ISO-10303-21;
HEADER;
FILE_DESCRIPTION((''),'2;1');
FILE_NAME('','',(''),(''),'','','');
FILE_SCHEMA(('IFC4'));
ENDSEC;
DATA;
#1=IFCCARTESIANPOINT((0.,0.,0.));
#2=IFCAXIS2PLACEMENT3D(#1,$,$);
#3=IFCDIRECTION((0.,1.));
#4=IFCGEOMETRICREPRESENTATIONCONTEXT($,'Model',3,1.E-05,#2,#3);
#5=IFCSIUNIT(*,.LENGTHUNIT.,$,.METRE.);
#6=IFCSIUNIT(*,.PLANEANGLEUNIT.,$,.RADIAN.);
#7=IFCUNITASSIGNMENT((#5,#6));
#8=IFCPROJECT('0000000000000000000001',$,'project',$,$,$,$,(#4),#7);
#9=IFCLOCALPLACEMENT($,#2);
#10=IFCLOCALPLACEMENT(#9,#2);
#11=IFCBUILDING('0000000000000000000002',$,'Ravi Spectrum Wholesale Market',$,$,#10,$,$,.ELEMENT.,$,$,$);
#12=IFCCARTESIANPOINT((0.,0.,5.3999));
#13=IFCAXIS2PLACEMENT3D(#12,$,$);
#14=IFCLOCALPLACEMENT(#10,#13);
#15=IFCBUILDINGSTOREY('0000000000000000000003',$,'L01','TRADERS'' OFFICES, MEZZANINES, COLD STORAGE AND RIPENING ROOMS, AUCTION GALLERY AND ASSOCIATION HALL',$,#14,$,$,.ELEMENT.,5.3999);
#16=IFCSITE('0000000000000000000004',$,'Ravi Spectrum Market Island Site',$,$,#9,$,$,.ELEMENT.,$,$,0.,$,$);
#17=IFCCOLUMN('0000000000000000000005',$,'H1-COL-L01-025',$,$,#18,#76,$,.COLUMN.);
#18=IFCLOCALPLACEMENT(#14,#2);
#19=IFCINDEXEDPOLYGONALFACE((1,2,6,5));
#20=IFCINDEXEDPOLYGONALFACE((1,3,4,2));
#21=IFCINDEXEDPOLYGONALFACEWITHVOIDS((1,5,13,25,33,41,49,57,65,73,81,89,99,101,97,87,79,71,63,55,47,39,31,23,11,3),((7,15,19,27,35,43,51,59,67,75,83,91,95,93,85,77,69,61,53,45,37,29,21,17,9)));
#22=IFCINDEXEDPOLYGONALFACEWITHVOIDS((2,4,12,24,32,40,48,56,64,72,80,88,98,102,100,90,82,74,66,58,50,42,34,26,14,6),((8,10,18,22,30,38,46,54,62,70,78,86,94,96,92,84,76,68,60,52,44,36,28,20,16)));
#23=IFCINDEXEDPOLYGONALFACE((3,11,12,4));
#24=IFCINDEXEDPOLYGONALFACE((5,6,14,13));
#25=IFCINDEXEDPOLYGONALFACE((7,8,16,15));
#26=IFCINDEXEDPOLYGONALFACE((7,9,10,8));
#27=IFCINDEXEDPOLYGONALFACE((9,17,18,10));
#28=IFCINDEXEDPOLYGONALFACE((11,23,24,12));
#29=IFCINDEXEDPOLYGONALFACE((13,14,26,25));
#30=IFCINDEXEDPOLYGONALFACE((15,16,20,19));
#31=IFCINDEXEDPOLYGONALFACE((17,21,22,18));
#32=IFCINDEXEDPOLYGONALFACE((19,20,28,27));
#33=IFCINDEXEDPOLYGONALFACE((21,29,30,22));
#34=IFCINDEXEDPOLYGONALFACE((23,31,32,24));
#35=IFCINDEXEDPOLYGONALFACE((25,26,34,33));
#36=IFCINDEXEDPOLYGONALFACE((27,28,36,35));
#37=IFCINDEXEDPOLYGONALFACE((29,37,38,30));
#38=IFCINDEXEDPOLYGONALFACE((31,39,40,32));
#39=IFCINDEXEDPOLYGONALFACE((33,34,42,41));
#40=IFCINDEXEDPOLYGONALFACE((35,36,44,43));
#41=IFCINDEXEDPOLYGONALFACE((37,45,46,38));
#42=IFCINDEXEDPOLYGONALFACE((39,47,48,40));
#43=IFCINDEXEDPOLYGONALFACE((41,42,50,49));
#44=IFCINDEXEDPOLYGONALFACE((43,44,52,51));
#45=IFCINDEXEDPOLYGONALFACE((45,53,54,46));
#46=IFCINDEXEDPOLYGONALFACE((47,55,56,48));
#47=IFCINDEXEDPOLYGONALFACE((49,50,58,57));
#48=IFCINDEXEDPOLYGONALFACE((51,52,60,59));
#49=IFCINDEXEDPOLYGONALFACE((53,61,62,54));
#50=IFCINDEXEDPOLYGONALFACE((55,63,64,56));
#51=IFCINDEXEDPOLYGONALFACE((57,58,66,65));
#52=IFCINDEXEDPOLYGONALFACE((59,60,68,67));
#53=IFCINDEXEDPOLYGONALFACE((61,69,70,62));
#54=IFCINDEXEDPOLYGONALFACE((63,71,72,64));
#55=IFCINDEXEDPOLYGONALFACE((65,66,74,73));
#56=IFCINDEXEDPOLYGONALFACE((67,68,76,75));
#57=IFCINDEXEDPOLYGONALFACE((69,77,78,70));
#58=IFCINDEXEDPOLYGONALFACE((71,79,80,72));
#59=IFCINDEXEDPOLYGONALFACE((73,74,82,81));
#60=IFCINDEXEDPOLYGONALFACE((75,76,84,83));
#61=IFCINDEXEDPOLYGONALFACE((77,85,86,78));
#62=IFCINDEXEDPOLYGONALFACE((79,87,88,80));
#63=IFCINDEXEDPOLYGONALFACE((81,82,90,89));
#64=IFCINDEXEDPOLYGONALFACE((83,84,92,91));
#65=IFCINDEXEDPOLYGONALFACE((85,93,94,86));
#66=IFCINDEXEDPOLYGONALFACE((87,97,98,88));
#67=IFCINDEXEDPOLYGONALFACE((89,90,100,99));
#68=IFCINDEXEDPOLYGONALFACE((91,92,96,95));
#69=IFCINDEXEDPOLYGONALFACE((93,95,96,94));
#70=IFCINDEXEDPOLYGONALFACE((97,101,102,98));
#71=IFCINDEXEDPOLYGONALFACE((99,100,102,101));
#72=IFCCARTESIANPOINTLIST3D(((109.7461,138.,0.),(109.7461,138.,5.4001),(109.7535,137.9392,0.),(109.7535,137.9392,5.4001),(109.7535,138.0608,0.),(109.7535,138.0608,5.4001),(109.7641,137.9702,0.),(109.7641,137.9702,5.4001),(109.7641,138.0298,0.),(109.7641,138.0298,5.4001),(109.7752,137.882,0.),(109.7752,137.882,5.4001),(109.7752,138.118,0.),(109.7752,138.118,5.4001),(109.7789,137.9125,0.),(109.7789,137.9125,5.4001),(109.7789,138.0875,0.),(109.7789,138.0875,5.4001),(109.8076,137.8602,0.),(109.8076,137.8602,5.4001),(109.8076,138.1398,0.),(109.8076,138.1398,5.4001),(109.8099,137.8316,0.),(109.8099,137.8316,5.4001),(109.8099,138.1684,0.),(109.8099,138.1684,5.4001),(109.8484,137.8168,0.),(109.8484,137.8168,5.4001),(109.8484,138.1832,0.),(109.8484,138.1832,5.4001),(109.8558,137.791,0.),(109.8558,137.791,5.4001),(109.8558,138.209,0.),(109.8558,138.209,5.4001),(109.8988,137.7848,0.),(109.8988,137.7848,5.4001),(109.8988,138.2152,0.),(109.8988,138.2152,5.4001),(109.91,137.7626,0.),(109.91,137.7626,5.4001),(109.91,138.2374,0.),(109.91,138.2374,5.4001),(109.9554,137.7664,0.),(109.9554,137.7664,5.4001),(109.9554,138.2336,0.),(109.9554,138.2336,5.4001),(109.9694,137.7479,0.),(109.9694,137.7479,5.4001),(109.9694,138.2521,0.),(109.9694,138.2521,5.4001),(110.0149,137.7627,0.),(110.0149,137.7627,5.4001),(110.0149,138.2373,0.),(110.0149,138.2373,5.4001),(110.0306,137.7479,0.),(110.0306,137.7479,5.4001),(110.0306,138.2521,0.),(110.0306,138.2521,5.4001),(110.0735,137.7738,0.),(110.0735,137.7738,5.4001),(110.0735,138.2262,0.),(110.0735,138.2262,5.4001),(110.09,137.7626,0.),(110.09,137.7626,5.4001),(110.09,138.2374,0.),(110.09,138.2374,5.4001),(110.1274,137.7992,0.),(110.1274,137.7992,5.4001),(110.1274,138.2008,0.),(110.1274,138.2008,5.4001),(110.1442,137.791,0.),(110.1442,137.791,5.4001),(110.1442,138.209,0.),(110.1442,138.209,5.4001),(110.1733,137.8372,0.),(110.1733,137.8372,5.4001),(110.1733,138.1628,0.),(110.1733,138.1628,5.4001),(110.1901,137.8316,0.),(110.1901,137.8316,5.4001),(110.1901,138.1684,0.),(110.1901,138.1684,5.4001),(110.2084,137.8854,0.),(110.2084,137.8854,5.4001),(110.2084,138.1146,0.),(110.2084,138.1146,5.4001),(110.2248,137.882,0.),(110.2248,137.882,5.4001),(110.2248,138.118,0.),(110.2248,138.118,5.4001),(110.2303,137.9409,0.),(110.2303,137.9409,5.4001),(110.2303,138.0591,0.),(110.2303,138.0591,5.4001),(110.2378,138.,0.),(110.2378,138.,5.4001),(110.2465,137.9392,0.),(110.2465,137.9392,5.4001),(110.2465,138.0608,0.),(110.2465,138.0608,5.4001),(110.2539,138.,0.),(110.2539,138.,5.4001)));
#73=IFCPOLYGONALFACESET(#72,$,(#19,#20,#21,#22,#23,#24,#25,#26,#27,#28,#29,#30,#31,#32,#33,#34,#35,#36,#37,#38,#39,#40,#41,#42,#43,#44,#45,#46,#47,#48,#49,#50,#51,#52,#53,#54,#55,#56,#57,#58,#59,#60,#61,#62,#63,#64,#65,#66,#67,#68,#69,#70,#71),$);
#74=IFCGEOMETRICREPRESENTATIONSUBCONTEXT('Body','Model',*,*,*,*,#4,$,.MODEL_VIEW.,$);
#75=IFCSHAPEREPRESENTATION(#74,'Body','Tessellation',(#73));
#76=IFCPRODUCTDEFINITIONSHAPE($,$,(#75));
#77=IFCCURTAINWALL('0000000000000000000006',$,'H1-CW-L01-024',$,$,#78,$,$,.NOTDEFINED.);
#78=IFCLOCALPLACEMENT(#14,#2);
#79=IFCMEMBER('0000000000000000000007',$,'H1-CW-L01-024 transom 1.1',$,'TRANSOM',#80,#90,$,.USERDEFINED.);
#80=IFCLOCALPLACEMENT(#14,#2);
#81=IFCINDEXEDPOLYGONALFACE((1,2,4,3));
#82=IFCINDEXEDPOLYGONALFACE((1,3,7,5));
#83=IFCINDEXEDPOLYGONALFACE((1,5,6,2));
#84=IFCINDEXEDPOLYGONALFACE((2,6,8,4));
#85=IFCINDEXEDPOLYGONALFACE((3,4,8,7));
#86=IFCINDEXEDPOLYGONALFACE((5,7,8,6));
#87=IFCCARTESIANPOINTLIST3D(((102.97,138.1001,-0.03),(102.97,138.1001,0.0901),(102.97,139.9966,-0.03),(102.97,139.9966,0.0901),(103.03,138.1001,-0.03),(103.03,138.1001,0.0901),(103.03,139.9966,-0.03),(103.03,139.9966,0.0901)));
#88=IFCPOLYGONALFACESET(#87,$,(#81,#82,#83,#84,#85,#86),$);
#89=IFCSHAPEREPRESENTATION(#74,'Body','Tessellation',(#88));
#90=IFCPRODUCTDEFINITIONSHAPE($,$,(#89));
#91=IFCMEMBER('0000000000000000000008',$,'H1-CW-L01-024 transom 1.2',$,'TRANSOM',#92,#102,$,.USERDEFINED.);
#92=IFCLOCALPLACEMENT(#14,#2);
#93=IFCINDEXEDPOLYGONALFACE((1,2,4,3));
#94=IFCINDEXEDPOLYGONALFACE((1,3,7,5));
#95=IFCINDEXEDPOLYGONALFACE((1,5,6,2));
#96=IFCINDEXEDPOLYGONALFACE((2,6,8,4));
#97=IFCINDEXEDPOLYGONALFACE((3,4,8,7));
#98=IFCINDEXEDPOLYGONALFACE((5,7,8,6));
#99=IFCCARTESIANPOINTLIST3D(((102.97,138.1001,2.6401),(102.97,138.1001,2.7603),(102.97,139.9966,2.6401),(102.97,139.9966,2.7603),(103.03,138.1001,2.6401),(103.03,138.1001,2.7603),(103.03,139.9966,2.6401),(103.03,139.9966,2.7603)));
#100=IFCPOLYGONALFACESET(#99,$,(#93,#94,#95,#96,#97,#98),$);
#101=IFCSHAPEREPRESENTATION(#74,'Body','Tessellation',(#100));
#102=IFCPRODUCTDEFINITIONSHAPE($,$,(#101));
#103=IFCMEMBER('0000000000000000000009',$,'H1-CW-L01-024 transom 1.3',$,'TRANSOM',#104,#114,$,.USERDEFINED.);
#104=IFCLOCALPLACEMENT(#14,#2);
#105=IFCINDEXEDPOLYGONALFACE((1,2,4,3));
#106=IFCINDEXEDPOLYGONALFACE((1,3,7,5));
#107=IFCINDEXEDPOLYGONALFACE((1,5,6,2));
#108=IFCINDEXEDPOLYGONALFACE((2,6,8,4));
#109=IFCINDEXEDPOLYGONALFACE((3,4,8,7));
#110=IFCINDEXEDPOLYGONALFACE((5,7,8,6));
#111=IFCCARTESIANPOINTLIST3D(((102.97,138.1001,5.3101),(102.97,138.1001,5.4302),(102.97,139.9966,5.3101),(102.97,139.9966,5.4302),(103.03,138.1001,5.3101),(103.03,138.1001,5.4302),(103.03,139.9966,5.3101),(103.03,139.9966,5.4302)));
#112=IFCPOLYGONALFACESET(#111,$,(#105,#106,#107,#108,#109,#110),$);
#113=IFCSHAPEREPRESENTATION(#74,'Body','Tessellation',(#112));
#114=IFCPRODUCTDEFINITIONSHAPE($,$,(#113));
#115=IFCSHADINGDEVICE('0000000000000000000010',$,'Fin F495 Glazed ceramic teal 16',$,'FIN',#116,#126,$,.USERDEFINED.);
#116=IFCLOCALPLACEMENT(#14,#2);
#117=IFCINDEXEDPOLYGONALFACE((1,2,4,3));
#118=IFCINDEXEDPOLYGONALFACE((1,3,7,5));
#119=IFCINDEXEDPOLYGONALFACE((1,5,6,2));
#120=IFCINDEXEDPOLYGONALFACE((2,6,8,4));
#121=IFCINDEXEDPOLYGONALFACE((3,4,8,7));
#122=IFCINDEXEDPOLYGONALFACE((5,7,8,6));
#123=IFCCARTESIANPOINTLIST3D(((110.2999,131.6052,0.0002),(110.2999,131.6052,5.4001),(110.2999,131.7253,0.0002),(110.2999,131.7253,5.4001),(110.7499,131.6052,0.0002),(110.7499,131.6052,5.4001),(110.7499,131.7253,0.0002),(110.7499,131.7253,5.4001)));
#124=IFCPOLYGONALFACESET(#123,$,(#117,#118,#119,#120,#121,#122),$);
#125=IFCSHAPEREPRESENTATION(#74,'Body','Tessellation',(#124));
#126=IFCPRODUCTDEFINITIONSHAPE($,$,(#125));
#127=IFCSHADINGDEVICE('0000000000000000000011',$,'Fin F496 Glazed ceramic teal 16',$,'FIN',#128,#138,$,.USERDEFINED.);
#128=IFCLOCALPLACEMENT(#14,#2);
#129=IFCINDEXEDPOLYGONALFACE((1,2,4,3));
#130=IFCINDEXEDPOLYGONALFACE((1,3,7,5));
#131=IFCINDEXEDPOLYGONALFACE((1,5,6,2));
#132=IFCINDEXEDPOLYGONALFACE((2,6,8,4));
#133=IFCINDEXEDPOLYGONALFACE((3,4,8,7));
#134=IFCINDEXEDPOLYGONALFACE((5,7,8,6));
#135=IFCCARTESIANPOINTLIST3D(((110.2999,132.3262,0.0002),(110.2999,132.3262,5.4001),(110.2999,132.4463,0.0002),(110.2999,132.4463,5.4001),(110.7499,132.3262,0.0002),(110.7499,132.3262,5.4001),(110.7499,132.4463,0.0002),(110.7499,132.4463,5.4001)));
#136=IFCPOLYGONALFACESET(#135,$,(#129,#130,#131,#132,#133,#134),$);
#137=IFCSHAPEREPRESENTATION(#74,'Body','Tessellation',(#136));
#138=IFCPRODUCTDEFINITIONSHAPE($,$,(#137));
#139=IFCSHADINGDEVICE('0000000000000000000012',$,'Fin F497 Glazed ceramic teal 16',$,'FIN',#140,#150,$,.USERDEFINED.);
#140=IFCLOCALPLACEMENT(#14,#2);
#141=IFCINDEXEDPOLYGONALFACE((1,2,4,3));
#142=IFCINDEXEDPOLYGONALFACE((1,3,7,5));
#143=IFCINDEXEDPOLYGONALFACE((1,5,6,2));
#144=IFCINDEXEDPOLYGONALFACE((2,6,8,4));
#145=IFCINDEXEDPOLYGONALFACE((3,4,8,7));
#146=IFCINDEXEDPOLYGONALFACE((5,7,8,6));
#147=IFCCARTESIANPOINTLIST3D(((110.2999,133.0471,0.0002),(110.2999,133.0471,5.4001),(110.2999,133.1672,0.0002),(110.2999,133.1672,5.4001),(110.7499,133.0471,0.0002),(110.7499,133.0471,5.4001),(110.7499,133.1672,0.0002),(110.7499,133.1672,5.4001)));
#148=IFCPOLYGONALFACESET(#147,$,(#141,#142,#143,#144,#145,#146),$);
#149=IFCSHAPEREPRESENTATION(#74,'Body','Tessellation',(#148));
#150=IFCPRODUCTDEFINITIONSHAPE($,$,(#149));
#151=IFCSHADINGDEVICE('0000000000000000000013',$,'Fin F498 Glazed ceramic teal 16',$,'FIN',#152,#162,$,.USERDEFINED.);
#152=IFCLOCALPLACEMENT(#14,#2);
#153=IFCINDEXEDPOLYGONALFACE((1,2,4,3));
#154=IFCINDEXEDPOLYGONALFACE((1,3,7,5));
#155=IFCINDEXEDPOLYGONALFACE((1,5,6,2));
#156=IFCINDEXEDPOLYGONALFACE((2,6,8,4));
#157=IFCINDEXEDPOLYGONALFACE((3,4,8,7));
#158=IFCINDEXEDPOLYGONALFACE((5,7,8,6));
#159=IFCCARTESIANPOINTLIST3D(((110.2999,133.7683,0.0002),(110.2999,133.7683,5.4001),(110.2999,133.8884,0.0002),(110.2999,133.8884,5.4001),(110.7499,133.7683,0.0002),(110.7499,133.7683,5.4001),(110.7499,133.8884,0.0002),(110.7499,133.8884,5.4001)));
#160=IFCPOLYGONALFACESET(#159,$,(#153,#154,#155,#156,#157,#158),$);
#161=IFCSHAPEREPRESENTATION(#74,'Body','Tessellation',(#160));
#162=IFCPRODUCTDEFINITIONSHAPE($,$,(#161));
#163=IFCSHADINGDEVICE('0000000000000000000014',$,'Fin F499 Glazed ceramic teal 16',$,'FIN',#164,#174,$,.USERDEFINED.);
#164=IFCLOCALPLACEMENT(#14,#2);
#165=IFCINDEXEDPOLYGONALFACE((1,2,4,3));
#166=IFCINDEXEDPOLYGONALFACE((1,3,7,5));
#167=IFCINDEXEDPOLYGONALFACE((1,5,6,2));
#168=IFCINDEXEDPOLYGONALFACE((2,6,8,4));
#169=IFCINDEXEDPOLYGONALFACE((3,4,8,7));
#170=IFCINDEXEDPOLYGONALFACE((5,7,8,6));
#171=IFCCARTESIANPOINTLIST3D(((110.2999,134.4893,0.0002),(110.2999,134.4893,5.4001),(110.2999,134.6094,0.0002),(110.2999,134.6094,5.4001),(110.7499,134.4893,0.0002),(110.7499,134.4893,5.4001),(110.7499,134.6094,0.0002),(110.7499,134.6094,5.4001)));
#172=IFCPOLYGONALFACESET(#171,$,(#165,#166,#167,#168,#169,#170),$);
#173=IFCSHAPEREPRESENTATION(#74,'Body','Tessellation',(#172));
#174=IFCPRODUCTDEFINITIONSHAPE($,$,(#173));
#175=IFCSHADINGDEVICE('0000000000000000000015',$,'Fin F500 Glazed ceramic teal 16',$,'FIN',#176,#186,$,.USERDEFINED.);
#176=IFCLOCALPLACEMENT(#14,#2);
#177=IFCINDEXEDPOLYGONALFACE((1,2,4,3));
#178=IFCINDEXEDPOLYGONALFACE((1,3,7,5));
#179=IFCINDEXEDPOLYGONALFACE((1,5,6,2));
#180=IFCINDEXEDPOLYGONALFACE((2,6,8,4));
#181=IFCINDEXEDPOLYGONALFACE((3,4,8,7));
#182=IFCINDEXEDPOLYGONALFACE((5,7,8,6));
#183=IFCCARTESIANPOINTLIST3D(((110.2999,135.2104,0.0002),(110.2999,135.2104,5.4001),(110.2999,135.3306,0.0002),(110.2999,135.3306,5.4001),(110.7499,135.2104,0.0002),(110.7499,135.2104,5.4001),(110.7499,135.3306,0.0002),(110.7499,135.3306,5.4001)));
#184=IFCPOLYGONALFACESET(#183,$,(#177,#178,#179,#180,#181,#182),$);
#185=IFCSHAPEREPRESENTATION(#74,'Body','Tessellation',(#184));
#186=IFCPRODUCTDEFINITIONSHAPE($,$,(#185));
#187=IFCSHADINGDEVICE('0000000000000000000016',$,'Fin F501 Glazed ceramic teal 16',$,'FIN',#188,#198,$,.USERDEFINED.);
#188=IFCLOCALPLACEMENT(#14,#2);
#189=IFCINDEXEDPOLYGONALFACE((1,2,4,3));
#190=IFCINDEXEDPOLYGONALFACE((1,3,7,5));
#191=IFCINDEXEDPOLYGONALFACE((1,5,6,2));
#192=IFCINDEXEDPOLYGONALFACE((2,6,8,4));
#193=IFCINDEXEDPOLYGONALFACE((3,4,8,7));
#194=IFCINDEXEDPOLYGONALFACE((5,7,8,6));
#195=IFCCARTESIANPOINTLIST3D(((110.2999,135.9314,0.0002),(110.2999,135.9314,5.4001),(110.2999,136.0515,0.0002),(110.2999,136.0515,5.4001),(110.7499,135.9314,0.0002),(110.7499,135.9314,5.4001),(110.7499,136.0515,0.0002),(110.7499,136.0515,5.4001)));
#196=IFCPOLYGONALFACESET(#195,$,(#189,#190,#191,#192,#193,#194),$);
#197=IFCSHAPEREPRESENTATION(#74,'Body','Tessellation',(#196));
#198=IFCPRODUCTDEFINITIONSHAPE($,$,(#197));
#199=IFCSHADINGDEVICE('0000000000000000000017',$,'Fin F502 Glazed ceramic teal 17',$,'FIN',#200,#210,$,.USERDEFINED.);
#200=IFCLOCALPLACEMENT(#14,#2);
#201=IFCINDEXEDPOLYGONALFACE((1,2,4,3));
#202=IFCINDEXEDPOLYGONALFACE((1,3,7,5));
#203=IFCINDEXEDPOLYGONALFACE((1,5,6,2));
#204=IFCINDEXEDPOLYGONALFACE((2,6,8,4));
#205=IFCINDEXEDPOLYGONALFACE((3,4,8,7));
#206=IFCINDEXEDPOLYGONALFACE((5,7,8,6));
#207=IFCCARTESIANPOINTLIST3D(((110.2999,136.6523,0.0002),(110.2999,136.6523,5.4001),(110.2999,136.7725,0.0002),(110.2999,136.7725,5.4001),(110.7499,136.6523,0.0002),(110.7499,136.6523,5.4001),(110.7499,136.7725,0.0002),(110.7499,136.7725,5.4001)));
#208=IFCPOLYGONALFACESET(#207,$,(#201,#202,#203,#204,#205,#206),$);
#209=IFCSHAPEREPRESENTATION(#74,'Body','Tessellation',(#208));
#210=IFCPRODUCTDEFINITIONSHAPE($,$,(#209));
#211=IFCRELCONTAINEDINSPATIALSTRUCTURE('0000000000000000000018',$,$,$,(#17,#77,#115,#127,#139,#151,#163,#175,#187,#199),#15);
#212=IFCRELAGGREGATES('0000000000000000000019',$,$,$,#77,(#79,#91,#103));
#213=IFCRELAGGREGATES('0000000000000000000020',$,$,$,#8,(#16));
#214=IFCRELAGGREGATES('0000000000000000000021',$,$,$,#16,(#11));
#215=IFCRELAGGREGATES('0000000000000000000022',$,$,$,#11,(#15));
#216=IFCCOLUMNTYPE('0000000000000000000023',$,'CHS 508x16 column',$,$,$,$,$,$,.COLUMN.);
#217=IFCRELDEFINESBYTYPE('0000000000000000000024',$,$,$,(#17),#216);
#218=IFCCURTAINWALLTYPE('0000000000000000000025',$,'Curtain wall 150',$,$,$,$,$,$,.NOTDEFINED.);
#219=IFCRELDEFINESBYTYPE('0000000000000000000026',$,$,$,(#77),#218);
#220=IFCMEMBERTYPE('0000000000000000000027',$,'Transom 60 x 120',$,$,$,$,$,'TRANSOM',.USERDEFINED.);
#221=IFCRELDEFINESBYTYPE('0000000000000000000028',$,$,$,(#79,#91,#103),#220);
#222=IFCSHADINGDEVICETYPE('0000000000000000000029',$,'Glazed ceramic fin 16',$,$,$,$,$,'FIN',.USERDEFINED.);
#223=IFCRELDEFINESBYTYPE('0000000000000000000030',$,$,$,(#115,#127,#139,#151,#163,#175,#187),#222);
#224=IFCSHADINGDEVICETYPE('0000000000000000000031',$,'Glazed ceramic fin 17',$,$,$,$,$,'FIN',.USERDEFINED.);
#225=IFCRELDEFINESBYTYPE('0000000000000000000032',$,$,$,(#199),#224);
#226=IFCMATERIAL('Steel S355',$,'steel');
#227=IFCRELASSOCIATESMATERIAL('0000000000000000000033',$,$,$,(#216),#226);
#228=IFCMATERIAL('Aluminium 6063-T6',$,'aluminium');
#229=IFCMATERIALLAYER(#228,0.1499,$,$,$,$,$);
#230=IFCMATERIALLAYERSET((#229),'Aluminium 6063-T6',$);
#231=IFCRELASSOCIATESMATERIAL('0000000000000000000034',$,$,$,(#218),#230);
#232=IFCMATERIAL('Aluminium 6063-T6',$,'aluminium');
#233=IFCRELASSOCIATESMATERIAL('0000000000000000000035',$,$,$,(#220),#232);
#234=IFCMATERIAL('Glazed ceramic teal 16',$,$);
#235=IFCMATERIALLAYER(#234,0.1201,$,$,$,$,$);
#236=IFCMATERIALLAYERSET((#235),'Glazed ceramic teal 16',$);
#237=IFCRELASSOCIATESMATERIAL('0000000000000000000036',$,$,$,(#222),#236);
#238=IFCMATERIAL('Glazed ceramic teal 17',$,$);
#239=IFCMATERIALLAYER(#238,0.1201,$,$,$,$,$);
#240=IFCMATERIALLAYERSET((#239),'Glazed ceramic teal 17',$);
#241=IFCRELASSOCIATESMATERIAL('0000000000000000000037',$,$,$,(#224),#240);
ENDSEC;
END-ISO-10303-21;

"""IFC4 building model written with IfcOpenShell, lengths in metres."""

from ifc_helpers import new_model, si_unit, direction, frame, origin, origin_2d, place, context, subcontext, project, spatial, rectangle, hollow_circle, extrude, material, layer, layer_set, material_profile, profile_set, type_object, element, aggregate, save


model = new_model("IFC4")

# Units and contexts
model_context = context("Model", 3, precision=1e-05, world=origin(), true_north=direction((0.0, 1.0)))
body_context = subcontext(model_context, "Body", "Model", "MODEL_VIEW")
ifc_project = project(units=[si_unit("LENGTHUNIT", "METRE"), si_unit("PLANEANGLEUNIT", "RADIAN")], contexts=[model_context])

# Site, building, storey
site_placement = place(None, origin())
site = spatial("IfcSite", under=ifc_project, at=site_placement, Name="Ravi Spectrum Market Island Site", CompositionType="ELEMENT", RefElevation=0.0)
building_placement = place(site_placement, origin())
building = spatial("IfcBuilding", under=site, at=building_placement, Name="Ravi Spectrum Wholesale Market", CompositionType="ELEMENT")
storey_placement = place(building_placement, frame((0.0, 0.0, 5.3999)))
storey = spatial("IfcBuildingStorey", under=building, at=storey_placement, Name="L01", Description="TRADERS' OFFICES, MEZZANINES, COLD STORAGE AND RIPENING ROOMS, AUCTION GALLERY AND ASSOCIATION HALL", CompositionType="ELEMENT", Elevation=5.3999)

# Column
ifc_material_1 = material(Name="Steel S355", Category="steel")
ifc_material_profile_1 = material_profile(ifc_material_1, hollow_circle(Radius=0.2539, WallThickness=0.0161, at=origin_2d()))
ifc_profile_set_1 = profile_set([ifc_material_profile_1], Name="Steel S355")
column_type = type_object("IfcColumnType", Name="CHS 508x16 column", PredefinedType="COLUMN", material=ifc_profile_set_1)
column_placement = place(storey_placement, frame((110.0, 138.0, 0.0), z_axis=(0.0, 0.0, 1.0), x_axis=(1.0, 0.0, 0.0)))
element("IfcColumn", 1, at=column_placement, inside=storey, type_object=column_type, Name="H1-COL-L01-025", PredefinedType="COLUMN", context=body_context, shape_type="SweptSolid", body=[
    extrude(hollow_circle(Radius=0.2539, WallThickness=0.0161, at=origin_2d()), origin(), (0.0, 0.0, 1.0), 5.4001),
])

# Curtain wall, members
ifc_material_2 = material(Name="Aluminium 6063-T6", Category="aluminium")
ifc_layer_1 = layer(ifc_material_2, 0.1499)
ifc_layer_set_1 = layer_set([ifc_layer_1], Name="Aluminium 6063-T6")
curtain_wall_type = type_object("IfcCurtainWallType", Name="Curtain wall 150", PredefinedType="NOTDEFINED", material=ifc_layer_set_1)
curtain_wall_placement = place(storey_placement, origin())
curtain_wall = element("IfcCurtainWall", 2, at=curtain_wall_placement, inside=storey, type_object=curtain_wall_type, Name="H1-CW-L01-024", PredefinedType="NOTDEFINED")
ifc_material_3 = material(Name="Aluminium 6063-T6", Category="aluminium")
ifc_material_profile_2 = material_profile(ifc_material_3, rectangle(XDim=0.0601, YDim=0.1201, at=origin_2d()))
ifc_profile_set_2 = profile_set([ifc_material_profile_2], Name="Aluminium 6063-T6")
member_type = type_object("IfcMemberType", Name="Transom 60 x 120", ElementType="TRANSOM", PredefinedType="USERDEFINED", material=ifc_profile_set_2)
member_1_placement = place(storey_placement, frame((103.0, 138.1001, 0.03), z_axis=(0.0, 1.0, 0.0), x_axis=(-1.0, 0.0, 0.0)))
member_1 = element("IfcMember", 3, at=member_1_placement, type_object=member_type, Name="H1-CW-L01-024 transom 1.1", ObjectType="TRANSOM", PredefinedType="USERDEFINED", context=body_context, shape_type="SweptSolid", body=[
    extrude(rectangle(XDim=0.0601, YDim=0.1201, at=origin_2d()), origin(), (0.0, 0.0, 1.0), 1.8965),
])
member_2_placement = place(storey_placement, frame((103.0, 138.1001, 2.7002), z_axis=(0.0, 1.0, 0.0), x_axis=(-1.0, 0.0, 0.0)))
member_2 = element("IfcMember", 4, at=member_2_placement, type_object=member_type, Name="H1-CW-L01-024 transom 1.2", ObjectType="TRANSOM", PredefinedType="USERDEFINED", context=body_context, shape_type="SweptSolid", body=[
    extrude(rectangle(XDim=0.0601, YDim=0.1201, at=origin_2d()), origin(), (0.0, 0.0, 1.0), 1.8965),
])
member_3_placement = place(storey_placement, frame((103.0, 138.1001, 5.3701), z_axis=(0.0, 1.0, 0.0), x_axis=(-1.0, 0.0, 0.0)))
member_3 = element("IfcMember", 5, at=member_3_placement, type_object=member_type, Name="H1-CW-L01-024 transom 1.3", ObjectType="TRANSOM", PredefinedType="USERDEFINED", context=body_context, shape_type="SweptSolid", body=[
    extrude(rectangle(XDim=0.0601, YDim=0.1201, at=origin_2d()), origin(), (0.0, 0.0, 1.0), 1.8965),
])
aggregate(curtain_wall, [member_1, member_2, member_3])

# Shading devices
ifc_material_4 = material(Name="Glazed ceramic teal 16")
ifc_layer_2 = layer(ifc_material_4, 0.1201)
ifc_layer_set_2 = layer_set([ifc_layer_2], Name="Glazed ceramic teal 16")
shading_device_type_1 = type_object("IfcShadingDeviceType", Name="Glazed ceramic fin 16", ElementType="FIN", PredefinedType="USERDEFINED", material=ifc_layer_set_2)
for number, where, z_axis, x_axis, name in (
    (6, (110.5249, 131.6653, 0.0002), (0.0, 0.0, 1.0), (0.0, 1.0, 0.0), "Fin F495 Glazed ceramic teal 16"),
    (7, (110.5249, 132.3862, 0.0002), (0.0, 0.0, 1.0), (0.0, 1.0, 0.0), "Fin F496 Glazed ceramic teal 16"),
    (8, (110.5249, 133.1072, 0.0002), (0.0, 0.0, 1.0), (0.0, 1.0, 0.0), "Fin F497 Glazed ceramic teal 16"),
    (9, (110.5249, 133.8284, 0.0002), (0.0, 0.0, 1.0), (0.0, 1.0, 0.0), "Fin F498 Glazed ceramic teal 16"),
    (10, (110.5249, 134.5493, 0.0002), (0.0, 0.0, 1.0), (0.0, 1.0, 0.0), "Fin F499 Glazed ceramic teal 16"),
    (11, (110.5249, 135.2705, 0.0002), (0.0, 0.0, 1.0), (0.0, 1.0, 0.0), "Fin F500 Glazed ceramic teal 16"),
    (12, (110.5249, 135.9915, 0.0002), (0.0, 0.0, 1.0), (0.0, 1.0, 0.0), "Fin F501 Glazed ceramic teal 16"),
):
    element("IfcShadingDevice", number, at=place(storey_placement, frame(where, z_axis=z_axis, x_axis=x_axis)), inside=storey, type_object=shading_device_type_1, Name=name, ObjectType="FIN", PredefinedType="USERDEFINED", context=body_context, shape_type="SweptSolid", body=[
        extrude(rectangle(XDim=0.1201, YDim=0.45, at=origin_2d()), origin(), (0.0, 0.0, 1.0), 5.3999),
    ])
ifc_material_5 = material(Name="Glazed ceramic teal 17")
ifc_layer_3 = layer(ifc_material_5, 0.1201)
ifc_layer_set_3 = layer_set([ifc_layer_3], Name="Glazed ceramic teal 17")
shading_device_type_2 = type_object("IfcShadingDeviceType", Name="Glazed ceramic fin 17", ElementType="FIN", PredefinedType="USERDEFINED", material=ifc_layer_set_3)
for number, where, z_axis, x_axis, name in (
    (13, (110.5249, 136.7124, 0.0002), (0.0, 0.0, 1.0), (0.0, 1.0, 0.0), "Fin F502 Glazed ceramic teal 17"),
):
    element("IfcShadingDevice", number, at=place(storey_placement, frame(where, z_axis=z_axis, x_axis=x_axis)), inside=storey, type_object=shading_device_type_2, Name=name, ObjectType="FIN", PredefinedType="USERDEFINED", context=body_context, shape_type="SweptSolid", body=[
        extrude(rectangle(XDim=0.1201, YDim=0.45, at=origin_2d()), origin(), (0.0, 0.0, 1.0), 5.3999),
    ])

save(model, "model.ifc")
